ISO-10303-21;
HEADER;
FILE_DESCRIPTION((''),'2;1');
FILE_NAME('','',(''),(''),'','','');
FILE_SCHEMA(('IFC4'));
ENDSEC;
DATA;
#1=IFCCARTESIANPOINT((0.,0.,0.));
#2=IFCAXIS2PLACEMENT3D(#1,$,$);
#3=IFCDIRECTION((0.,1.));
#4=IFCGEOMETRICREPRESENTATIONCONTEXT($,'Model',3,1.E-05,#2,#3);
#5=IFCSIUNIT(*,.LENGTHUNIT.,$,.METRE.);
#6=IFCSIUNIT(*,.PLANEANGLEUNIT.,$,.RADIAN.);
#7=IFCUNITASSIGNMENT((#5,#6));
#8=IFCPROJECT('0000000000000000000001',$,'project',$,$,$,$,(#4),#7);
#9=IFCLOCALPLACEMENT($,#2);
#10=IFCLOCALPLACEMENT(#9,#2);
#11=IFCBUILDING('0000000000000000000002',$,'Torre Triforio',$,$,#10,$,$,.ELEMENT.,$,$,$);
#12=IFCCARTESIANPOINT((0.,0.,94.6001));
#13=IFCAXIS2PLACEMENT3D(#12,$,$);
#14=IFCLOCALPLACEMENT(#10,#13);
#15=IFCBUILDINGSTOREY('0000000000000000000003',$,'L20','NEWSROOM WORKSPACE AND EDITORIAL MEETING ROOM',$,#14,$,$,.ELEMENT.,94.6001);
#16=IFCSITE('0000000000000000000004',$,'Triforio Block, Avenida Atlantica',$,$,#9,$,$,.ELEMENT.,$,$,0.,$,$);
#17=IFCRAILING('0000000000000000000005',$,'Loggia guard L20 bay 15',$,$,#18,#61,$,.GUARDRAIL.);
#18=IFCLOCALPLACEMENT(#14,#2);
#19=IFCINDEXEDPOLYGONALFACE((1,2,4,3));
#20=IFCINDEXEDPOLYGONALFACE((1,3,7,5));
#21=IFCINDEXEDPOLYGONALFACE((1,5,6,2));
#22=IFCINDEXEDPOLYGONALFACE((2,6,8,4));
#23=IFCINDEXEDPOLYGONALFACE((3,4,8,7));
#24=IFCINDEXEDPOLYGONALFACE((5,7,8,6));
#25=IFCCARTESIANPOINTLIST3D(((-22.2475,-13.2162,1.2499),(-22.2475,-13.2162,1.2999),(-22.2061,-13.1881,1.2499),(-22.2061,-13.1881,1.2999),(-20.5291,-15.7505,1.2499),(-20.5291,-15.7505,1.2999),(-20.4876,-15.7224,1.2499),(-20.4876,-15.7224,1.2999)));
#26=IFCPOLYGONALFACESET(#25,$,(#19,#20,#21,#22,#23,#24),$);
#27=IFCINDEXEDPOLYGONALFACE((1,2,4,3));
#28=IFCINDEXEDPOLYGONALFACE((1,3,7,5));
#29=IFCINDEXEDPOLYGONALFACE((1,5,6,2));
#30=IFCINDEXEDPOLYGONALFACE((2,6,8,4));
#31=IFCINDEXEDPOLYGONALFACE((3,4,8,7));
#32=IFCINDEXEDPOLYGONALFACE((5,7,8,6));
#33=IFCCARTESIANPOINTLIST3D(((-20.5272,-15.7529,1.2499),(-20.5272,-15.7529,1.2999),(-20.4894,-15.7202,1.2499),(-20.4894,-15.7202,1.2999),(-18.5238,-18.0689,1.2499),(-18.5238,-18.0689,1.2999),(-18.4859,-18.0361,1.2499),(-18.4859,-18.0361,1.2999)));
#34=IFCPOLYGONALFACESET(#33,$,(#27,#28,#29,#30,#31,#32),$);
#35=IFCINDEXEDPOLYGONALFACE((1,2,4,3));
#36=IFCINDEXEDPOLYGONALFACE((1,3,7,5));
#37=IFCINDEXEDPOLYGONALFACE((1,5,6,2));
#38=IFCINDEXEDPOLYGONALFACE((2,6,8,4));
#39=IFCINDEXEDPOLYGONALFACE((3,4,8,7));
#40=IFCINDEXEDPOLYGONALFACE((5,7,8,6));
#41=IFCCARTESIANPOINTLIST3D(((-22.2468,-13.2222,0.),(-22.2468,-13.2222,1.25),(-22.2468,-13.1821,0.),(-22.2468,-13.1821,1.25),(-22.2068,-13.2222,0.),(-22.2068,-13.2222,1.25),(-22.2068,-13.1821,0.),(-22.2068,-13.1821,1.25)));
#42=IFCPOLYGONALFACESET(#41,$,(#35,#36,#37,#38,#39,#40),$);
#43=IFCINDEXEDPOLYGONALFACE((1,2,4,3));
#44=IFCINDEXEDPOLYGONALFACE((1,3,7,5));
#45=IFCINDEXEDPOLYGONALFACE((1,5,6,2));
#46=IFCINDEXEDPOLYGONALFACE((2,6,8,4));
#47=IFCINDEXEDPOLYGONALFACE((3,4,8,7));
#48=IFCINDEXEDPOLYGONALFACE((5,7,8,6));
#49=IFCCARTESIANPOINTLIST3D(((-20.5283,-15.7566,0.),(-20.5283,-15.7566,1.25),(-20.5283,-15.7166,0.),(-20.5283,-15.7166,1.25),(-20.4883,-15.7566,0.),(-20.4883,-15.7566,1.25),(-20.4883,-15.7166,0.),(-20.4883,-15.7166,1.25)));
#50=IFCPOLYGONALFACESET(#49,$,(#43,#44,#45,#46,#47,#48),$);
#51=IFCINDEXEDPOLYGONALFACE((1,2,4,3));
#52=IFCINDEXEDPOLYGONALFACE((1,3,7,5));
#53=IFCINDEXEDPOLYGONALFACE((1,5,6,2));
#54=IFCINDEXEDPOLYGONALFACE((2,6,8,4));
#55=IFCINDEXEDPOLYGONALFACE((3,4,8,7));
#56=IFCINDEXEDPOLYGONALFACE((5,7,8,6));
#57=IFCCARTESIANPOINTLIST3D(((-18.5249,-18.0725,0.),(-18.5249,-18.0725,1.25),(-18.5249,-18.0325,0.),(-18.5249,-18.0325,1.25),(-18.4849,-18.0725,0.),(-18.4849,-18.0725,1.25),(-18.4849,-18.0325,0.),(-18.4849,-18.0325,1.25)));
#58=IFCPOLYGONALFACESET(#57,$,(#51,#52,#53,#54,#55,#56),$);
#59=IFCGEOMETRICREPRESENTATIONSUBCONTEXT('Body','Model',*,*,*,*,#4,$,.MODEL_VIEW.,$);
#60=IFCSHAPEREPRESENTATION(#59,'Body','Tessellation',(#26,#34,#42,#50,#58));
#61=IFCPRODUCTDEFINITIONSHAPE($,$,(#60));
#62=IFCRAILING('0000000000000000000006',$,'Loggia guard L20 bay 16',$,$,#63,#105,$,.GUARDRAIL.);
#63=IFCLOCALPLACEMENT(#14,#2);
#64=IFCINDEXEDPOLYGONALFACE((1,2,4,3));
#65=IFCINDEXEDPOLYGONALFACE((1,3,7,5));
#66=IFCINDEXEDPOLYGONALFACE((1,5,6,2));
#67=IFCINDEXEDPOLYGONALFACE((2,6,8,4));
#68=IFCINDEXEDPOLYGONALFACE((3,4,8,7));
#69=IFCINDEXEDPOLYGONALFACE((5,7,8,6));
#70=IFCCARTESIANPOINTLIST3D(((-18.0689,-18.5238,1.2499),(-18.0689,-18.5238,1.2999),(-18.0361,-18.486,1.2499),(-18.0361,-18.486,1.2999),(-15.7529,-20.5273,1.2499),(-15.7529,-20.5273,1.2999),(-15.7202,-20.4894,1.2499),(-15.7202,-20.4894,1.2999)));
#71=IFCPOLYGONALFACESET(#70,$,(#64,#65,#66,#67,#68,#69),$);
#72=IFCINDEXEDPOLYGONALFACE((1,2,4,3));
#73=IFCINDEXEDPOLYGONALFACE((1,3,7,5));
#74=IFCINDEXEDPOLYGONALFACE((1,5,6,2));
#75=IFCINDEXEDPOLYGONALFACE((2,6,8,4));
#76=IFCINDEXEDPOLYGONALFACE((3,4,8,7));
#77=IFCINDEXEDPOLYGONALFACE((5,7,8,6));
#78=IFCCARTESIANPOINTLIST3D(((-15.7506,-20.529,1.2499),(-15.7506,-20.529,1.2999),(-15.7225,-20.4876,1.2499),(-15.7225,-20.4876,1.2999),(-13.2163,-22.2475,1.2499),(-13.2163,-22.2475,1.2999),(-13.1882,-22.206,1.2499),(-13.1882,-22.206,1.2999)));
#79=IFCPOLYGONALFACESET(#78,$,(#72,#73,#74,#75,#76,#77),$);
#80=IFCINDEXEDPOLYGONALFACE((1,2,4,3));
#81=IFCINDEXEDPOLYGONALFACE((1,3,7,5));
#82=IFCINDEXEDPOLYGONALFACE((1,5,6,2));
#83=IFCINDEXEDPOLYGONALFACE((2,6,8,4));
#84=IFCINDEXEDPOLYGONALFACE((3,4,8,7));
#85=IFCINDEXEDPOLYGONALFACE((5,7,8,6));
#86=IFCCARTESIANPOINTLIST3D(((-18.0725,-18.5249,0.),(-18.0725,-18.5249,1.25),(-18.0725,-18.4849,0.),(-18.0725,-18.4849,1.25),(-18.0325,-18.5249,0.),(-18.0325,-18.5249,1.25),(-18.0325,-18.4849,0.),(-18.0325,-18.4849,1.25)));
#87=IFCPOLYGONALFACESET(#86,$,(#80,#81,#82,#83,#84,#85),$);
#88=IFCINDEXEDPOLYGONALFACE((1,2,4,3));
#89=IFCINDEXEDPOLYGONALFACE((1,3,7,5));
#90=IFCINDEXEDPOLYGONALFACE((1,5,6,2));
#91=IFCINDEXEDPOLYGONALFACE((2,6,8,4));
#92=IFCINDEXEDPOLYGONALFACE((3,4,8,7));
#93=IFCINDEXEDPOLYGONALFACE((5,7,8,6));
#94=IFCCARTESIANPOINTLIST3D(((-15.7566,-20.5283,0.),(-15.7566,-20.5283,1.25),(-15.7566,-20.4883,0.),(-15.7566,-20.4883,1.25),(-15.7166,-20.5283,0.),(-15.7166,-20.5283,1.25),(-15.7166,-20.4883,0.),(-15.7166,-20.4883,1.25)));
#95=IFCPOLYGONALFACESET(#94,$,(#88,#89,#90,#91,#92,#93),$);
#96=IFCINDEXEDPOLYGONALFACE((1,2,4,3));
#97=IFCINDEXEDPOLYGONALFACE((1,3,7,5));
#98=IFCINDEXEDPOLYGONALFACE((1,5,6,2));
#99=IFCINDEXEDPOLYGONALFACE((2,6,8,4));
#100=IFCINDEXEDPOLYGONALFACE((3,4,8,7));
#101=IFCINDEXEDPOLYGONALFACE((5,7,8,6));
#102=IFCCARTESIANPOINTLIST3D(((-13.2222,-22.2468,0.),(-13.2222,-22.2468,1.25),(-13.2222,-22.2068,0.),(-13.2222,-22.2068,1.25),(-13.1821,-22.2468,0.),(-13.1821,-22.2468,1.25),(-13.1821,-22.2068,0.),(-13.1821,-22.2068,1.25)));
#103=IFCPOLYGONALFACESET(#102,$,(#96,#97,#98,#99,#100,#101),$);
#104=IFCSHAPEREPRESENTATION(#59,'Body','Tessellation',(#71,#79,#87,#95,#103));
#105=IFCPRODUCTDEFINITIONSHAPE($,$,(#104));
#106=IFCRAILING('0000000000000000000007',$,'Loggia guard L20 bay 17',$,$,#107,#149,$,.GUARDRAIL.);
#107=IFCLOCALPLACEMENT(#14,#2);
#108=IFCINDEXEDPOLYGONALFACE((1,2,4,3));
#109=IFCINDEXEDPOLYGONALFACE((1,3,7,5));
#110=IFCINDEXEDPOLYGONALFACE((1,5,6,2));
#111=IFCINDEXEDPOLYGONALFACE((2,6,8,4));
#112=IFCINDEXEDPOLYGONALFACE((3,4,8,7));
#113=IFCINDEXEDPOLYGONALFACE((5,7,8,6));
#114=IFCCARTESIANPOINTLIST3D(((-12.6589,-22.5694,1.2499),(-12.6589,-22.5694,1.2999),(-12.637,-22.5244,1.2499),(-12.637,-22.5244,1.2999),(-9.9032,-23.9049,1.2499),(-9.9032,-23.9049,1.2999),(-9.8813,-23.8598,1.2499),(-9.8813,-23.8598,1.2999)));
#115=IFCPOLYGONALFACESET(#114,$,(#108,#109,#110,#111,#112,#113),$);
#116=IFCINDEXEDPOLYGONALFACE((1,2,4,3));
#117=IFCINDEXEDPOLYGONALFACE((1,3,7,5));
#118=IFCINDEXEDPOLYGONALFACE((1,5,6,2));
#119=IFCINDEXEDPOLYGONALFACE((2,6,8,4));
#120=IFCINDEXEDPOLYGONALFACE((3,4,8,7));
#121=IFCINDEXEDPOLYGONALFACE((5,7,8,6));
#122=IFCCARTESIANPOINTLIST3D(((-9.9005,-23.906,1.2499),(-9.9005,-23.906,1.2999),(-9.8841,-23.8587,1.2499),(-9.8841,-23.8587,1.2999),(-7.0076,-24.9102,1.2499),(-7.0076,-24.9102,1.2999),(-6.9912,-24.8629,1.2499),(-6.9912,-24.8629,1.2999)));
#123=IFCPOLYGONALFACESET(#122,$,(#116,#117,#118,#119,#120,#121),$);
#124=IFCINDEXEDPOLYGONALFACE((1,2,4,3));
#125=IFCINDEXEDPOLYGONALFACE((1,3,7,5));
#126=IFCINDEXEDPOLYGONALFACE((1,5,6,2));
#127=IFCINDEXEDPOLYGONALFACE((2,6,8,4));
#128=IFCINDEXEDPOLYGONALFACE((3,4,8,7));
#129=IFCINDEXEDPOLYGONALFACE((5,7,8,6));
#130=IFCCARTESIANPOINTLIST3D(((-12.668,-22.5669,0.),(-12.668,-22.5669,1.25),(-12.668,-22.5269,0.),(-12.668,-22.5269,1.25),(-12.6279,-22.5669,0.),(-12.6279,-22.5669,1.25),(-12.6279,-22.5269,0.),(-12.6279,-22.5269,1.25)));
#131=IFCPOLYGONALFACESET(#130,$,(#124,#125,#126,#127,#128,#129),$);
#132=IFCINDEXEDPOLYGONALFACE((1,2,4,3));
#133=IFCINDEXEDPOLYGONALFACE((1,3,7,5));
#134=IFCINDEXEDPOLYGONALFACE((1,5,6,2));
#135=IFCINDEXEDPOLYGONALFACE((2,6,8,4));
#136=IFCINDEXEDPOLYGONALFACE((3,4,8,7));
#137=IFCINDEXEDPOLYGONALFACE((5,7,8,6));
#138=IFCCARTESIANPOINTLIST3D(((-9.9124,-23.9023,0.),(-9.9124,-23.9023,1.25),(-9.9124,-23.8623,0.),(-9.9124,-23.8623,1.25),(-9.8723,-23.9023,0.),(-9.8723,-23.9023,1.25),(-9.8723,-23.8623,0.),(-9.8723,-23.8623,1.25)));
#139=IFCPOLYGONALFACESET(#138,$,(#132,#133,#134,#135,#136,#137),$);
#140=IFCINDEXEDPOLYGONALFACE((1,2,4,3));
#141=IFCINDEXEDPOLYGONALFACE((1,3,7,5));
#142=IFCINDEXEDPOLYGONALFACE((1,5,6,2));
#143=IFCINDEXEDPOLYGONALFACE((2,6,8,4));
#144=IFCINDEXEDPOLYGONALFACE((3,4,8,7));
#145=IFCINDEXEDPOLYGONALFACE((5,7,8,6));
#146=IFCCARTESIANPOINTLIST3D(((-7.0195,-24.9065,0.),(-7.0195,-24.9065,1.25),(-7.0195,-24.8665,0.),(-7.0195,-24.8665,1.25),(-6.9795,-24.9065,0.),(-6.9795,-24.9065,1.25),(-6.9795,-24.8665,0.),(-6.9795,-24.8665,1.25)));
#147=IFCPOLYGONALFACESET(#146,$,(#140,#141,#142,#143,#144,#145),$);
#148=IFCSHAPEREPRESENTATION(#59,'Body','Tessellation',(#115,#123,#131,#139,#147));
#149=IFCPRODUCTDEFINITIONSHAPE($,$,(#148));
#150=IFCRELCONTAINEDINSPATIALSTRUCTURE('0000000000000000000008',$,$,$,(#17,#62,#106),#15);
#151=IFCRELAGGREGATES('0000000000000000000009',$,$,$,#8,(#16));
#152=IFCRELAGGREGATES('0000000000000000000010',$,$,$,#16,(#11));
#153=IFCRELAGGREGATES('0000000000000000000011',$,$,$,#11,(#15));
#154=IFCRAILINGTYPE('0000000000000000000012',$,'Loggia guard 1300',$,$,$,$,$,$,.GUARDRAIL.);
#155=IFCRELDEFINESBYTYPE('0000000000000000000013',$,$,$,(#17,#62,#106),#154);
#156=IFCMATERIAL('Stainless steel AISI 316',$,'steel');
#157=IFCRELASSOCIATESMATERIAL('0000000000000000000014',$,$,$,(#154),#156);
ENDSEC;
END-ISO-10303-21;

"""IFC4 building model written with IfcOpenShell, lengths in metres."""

from ifc_helpers import new_model, si_unit, direction, frame, origin, origin_2d, place, context, subcontext, project, spatial, rectangle, extrude, material, type_object, element, save


model = new_model("IFC4")

# Units and contexts
model_context = context("Model", 3, precision=1e-05, world=origin(), true_north=direction((0.0, 1.0)))
body_context = subcontext(model_context, "Body", "Model", "MODEL_VIEW")
ifc_project = project(units=[si_unit("LENGTHUNIT", "METRE"), si_unit("PLANEANGLEUNIT", "RADIAN")], contexts=[model_context])

# Site, building, storey
site_placement = place(None, origin())
site = spatial("IfcSite", under=ifc_project, at=site_placement, Name="Triforio Block, Avenida Atlantica", CompositionType="ELEMENT", RefElevation=0.0)
building_placement = place(site_placement, origin())
building = spatial("IfcBuilding", under=site, at=building_placement, Name="Torre Triforio", CompositionType="ELEMENT")
storey_placement = place(building_placement, frame((0.0, 0.0, 94.6001)))
storey = spatial("IfcBuildingStorey", under=building, at=storey_placement, Name="L20", Description="NEWSROOM WORKSPACE AND EDITORIAL MEETING ROOM", CompositionType="ELEMENT", Elevation=94.6001)

# Railings
ifc_material_1 = material(Name="Stainless steel AISI 316", Category="steel")
railing_type = type_object("IfcRailingType", Name="Loggia guard 1300", PredefinedType="GUARDRAIL", material=ifc_material_1)
railing_1_placement = place(storey_placement, frame((-22.2268, -13.2021, 0.0)))
element("IfcRailing", 1, at=railing_1_placement, inside=storey, type_object=railing_type, Name="Loggia guard L20 bay 15", PredefinedType="GUARDRAIL", context=body_context, shape_type="SweptSolid", body=[
    extrude(rectangle(XDim=0.05, YDim=0.05, at=origin_2d()), frame((0.0, 0.0, 1.2749), z_axis=(0.561215, -0.82767, 0.0), x_axis=(0.82767, 0.561215, 0.0)), (0.0, 0.0, 1.0), 3.062),
    extrude(rectangle(XDim=0.05, YDim=0.05, at=origin_2d()), frame((1.7185, -2.5344, 1.2749), z_axis=(0.654238, -0.756289, 0.0), x_axis=(0.756289, 0.654238, 0.0)), (0.0, 0.0, 1.0), 3.0623),
    extrude(rectangle(XDim=0.04, YDim=0.04, at=origin_2d()), origin(), (0.0, 0.0, 1.0), 1.25),
    extrude(rectangle(XDim=0.04, YDim=0.04, at=origin_2d()), frame((1.7185, -2.5344, 0.0)), (0.0, 0.0, 1.0), 1.25),
    extrude(rectangle(XDim=0.04, YDim=0.04, at=origin_2d()), frame((3.7219, -4.8503, 0.0)), (0.0, 0.0, 1.0), 1.25),
])
railing_2_placement = place(storey_placement, frame((-18.0525, -18.5049, 0.0)))
element("IfcRailing", 2, at=railing_2_placement, inside=storey, type_object=railing_type, Name="Loggia guard L20 bay 16", PredefinedType="GUARDRAIL", context=body_context, shape_type="SweptSolid", body=[
    extrude(rectangle(XDim=0.05, YDim=0.05, at=origin_2d()), frame((0.0, 0.0, 1.2749), z_axis=(0.756289, -0.654238, 0.0), x_axis=(0.654238, 0.756289, 0.0)), (0.0, 0.0, 1.0), 3.0623),
    extrude(rectangle(XDim=0.05, YDim=0.05, at=origin_2d()), frame((2.3159, -2.0034, 1.2749), z_axis=(0.82767, -0.561215, 0.0), x_axis=(0.561215, 0.82767, 0.0)), (0.0, 0.0, 1.0), 3.062),
    extrude(rectangle(XDim=0.04, YDim=0.04, at=origin_2d()), origin(), (0.0, 0.0, 1.0), 1.25),
    extrude(rectangle(XDim=0.04, YDim=0.04, at=origin_2d()), frame((2.3159, -2.0034, 0.0)), (0.0, 0.0, 1.0), 1.25),
    extrude(rectangle(XDim=0.04, YDim=0.04, at=origin_2d()), frame((4.8503, -3.7219, 0.0)), (0.0, 0.0, 1.0), 1.25),
])
railing_3_placement = place(storey_placement, frame((-12.6479, -22.5469, 0.0)))
element("IfcRailing", 3, at=railing_3_placement, inside=storey, type_object=railing_type, Name="Loggia guard L20 bay 17", PredefinedType="GUARDRAIL", context=body_context, shape_type="SweptSolid", body=[
    extrude(rectangle(XDim=0.05, YDim=0.05, at=origin_2d()), frame((0.0, 0.0, 1.2749), z_axis=(0.899892, -0.436113, 0.0), x_axis=(0.436113, 0.899892, 0.0)), (0.0, 0.0, 1.0), 3.0623),
    extrude(rectangle(XDim=0.05, YDim=0.05, at=origin_2d()), frame((2.7556, -1.3354, 1.2749), z_axis=(0.944704, -0.327924, 0.0), x_axis=(0.327924, 0.944704, 0.0)), (0.0, 0.0, 1.0), 3.0623),
    extrude(rectangle(XDim=0.04, YDim=0.04, at=origin_2d()), origin(), (0.0, 0.0, 1.0), 1.25),
    extrude(rectangle(XDim=0.04, YDim=0.04, at=origin_2d()), frame((2.7556, -1.3354, 0.0)), (0.0, 0.0, 1.0), 1.25),
    extrude(rectangle(XDim=0.04, YDim=0.04, at=origin_2d()), frame((5.6484, -2.3396, 0.0)), (0.0, 0.0, 1.0), 1.25),
])

save(model, "model.ifc")
